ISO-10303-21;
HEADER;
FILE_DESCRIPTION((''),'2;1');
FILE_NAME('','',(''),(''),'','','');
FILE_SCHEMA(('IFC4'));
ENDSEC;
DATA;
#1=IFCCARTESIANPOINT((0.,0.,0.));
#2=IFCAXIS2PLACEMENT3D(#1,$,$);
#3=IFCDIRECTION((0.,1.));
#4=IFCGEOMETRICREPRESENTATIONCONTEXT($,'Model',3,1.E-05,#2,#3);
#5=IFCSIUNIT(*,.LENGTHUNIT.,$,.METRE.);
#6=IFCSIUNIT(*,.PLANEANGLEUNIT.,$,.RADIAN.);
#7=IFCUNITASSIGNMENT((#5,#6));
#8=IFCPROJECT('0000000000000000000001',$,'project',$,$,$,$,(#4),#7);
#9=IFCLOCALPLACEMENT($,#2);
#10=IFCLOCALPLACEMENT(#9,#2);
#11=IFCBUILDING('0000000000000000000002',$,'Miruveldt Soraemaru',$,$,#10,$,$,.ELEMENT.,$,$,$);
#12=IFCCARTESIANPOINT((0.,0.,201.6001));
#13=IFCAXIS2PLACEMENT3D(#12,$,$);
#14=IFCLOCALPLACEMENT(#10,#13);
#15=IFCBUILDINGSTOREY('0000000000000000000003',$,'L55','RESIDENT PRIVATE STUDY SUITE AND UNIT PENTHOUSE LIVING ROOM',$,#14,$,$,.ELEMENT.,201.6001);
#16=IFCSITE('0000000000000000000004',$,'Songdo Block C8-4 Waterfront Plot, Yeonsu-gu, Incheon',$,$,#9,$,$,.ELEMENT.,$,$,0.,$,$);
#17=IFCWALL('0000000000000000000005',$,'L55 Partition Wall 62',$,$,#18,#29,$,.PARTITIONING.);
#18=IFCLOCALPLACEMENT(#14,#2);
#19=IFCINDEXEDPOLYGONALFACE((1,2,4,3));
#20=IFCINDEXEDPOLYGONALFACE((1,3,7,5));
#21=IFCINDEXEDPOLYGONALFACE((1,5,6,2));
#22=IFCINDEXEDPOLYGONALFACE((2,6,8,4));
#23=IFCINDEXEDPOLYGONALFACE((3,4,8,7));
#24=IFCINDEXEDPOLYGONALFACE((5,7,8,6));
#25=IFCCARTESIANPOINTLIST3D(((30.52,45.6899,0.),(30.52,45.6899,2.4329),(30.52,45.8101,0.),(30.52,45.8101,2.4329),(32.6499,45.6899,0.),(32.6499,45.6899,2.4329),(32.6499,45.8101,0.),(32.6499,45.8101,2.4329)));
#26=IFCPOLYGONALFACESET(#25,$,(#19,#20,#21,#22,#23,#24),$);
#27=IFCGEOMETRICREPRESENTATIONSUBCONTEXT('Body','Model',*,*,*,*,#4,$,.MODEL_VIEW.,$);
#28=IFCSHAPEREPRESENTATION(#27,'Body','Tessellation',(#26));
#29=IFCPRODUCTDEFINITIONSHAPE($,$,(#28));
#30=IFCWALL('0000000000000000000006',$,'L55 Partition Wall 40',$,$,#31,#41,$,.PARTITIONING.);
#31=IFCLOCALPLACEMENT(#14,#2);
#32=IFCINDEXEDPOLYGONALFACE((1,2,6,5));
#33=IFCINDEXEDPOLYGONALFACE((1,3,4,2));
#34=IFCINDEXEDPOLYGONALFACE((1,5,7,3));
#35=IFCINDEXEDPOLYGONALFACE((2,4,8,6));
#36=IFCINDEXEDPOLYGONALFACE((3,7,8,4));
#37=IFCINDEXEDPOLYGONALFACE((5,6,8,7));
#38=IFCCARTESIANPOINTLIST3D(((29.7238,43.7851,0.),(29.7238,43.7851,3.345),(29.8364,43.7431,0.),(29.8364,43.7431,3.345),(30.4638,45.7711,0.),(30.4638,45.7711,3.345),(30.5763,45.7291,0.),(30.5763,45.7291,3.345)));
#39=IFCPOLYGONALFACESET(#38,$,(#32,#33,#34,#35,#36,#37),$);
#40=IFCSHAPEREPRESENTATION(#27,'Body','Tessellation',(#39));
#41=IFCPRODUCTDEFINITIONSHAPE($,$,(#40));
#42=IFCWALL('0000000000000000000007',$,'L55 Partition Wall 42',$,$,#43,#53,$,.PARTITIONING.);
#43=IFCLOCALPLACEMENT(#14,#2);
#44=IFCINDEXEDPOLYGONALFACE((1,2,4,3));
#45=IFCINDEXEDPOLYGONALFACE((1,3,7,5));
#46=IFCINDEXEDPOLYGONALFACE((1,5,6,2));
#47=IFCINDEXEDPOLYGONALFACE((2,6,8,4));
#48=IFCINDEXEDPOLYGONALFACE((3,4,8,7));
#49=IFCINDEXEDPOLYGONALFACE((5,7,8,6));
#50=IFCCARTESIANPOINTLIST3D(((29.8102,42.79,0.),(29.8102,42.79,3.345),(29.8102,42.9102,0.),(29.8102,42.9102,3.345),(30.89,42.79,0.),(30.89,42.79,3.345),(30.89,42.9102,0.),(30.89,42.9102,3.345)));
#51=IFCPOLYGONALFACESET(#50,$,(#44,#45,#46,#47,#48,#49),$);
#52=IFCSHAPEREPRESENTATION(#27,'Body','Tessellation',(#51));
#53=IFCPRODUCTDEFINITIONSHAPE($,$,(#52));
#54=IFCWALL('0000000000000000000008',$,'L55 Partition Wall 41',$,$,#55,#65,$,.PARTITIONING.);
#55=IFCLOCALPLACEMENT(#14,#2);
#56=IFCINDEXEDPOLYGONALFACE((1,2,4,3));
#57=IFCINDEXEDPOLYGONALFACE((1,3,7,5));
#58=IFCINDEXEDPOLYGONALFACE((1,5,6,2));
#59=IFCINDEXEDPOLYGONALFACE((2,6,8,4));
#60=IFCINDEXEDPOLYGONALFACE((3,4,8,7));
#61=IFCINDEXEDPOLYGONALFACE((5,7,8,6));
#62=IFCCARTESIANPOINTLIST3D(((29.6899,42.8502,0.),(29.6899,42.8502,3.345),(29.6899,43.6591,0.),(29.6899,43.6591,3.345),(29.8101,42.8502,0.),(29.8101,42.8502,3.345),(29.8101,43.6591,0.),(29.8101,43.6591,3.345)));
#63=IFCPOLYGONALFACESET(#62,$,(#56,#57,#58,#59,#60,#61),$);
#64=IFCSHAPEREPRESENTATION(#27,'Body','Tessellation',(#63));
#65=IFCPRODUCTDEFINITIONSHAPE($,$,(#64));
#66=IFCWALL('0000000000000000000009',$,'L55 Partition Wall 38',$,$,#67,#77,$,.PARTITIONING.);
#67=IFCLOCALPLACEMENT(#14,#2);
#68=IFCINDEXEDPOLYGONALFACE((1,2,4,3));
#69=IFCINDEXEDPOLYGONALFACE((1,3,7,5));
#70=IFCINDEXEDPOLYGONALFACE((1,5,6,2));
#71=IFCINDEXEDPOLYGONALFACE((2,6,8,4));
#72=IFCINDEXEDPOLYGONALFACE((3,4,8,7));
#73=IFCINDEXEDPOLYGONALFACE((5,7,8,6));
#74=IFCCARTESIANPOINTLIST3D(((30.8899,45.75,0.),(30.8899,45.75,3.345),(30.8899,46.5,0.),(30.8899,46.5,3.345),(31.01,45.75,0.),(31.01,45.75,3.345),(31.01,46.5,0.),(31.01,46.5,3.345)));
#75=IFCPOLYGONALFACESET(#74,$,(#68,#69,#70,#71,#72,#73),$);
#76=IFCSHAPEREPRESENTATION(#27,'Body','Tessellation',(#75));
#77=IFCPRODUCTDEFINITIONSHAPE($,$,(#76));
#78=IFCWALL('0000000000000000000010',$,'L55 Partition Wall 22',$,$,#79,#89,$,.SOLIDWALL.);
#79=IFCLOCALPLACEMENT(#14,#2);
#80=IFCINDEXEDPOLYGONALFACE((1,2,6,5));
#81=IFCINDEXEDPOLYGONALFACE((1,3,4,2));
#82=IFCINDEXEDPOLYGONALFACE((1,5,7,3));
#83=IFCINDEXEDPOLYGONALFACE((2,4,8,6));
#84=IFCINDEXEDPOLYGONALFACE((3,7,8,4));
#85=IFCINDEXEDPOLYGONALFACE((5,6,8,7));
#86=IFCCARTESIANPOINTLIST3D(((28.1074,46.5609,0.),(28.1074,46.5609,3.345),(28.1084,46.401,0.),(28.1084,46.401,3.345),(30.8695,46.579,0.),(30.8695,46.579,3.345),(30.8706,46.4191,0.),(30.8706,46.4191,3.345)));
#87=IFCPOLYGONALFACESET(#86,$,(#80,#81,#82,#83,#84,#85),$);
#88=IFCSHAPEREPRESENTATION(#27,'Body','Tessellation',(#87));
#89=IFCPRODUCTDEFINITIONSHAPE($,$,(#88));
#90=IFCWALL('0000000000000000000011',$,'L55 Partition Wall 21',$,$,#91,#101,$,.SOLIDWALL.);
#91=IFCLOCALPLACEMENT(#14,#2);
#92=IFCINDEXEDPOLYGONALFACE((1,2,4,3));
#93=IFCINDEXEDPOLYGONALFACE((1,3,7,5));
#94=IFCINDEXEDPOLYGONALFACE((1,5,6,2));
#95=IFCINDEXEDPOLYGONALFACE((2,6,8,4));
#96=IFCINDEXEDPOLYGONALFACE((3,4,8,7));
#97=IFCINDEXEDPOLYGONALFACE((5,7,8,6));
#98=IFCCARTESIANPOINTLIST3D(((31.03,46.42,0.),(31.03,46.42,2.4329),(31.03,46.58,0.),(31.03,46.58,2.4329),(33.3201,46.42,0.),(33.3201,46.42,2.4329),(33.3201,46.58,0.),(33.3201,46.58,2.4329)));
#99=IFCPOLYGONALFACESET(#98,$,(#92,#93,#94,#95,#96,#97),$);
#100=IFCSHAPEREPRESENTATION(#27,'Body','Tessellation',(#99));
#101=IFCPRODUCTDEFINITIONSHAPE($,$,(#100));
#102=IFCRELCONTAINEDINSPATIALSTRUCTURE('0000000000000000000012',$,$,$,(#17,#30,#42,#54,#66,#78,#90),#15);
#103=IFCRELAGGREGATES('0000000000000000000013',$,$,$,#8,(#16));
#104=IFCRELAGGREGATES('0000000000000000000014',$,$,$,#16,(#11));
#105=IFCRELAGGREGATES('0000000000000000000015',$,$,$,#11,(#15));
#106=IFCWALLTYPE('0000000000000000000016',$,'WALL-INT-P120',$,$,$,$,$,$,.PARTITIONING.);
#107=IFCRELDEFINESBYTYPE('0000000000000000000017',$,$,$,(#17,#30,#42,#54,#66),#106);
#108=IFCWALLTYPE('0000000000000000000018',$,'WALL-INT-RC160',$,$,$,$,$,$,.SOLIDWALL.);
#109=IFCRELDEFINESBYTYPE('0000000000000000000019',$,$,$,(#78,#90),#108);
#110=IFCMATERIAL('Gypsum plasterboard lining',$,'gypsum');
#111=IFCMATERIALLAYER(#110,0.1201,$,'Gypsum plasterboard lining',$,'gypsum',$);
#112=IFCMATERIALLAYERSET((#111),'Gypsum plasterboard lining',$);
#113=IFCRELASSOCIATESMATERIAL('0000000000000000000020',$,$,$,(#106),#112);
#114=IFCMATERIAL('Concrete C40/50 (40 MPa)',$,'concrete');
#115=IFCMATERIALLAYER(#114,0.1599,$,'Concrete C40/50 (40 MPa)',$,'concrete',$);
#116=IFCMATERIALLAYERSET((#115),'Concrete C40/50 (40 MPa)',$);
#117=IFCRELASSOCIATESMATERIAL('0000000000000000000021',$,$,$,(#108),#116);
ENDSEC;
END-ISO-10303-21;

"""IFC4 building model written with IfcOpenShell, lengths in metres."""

from ifc_helpers import new_model, si_unit, direction, frame, frame_2d, origin, place, context, subcontext, project, spatial, rectangle, extrude, material, layer, layer_set, type_object, element, save


model = new_model("IFC4")

# Units and contexts
model_context = context("Model", 3, precision=1e-05, world=origin(), true_north=direction((0.0, 1.0)))
body_context = subcontext(model_context, "Body", "Model", "MODEL_VIEW")
ifc_project = project(units=[si_unit("LENGTHUNIT", "METRE"), si_unit("PLANEANGLEUNIT", "RADIAN")], contexts=[model_context])

# Site, building, storey
site_placement = place(None, origin())
site = spatial("IfcSite", under=ifc_project, at=site_placement, Name="Songdo Block C8-4 Waterfront Plot, Yeonsu-gu, Incheon", CompositionType="ELEMENT", RefElevation=0.0)
building_placement = place(site_placement, origin())
building = spatial("IfcBuilding", under=site, at=building_placement, Name="Miruveldt Soraemaru", CompositionType="ELEMENT")
storey_placement = place(building_placement, frame((0.0, 0.0, 201.6001)))
storey = spatial("IfcBuildingStorey", under=building, at=storey_placement, Name="L55", Description="RESIDENT PRIVATE STUDY SUITE AND UNIT PENTHOUSE LIVING ROOM", CompositionType="ELEMENT", Elevation=201.6001)

# Shared definitions
ifc_material_1 = material(Name="Gypsum plasterboard lining", Category="gypsum")
ifc_layer_1 = layer(ifc_material_1, 0.1201, Name="Gypsum plasterboard lining", Category="gypsum")
ifc_layer_set_1 = layer_set([ifc_layer_1], Name="Gypsum plasterboard lining")
wall_type_1 = type_object("IfcWallType", Name="WALL-INT-P120", PredefinedType="PARTITIONING", material=ifc_layer_set_1)

# Walls
wall_1_placement = place(storey_placement, frame((30.52, 45.75, 0.0), z_axis=(0.0, 0.0, 1.0), x_axis=(1.0, 0.0, 0.0)))
element("IfcWall", 1, at=wall_1_placement, inside=storey, type_object=wall_type_1, Name="L55 Partition Wall 62", PredefinedType="PARTITIONING", context=body_context, shape_type="SweptSolid", body=[
    extrude(rectangle(XDim=2.1299, YDim=0.1201, at=frame_2d((1.0649, 0.0))), origin(), (0.0, 0.0, 1.0), 2.4329),
])
wall_2_placement = place(storey_placement, frame((30.52, 45.75, 0.0), z_axis=(0.0, 0.0, 1.0), x_axis=(-0.349141, -0.93707, 0.0)))
element("IfcWall", 2, at=wall_2_placement, inside=storey, type_object=wall_type_1, Name="L55 Partition Wall 40", PredefinedType="PARTITIONING", context=body_context, shape_type="SweptSolid", body=[
    extrude(rectangle(XDim=2.1194, YDim=0.1201, at=frame_2d((1.0596, 0.0))), origin(), (0.0, 0.0, 1.0), 3.345),
])
wall_3_placement = place(storey_placement, frame((29.8101, 42.8501, 0.0), z_axis=(0.0, 0.0, 1.0), x_axis=(1.0, 0.0, 0.0)))
element("IfcWall", 3, at=wall_3_placement, inside=storey, type_object=wall_type_1, Name="L55 Partition Wall 42", PredefinedType="PARTITIONING", context=body_context, shape_type="SweptSolid", body=[
    extrude(rectangle(XDim=1.0798, YDim=0.1201, at=frame_2d((0.54, 0.0))), origin(), (0.0, 0.0, 1.0), 3.345),
])
wall_4_placement = place(storey_placement, frame((29.75, 43.6589, 0.0), z_axis=(0.0, 0.0, 1.0), x_axis=(0.0, -1.0, 0.0)))
element("IfcWall", 4, at=wall_4_placement, inside=storey, type_object=wall_type_1, Name="L55 Partition Wall 41", PredefinedType="PARTITIONING", context=body_context, shape_type="SweptSolid", body=[
    extrude(rectangle(XDim=0.8088, YDim=0.1201, at=frame_2d((0.4043, 0.0))), origin(), (0.0, 0.0, 1.0), 3.345),
])
wall_5_placement = place(storey_placement, frame((30.95, 46.5, 0.0), z_axis=(0.0, 0.0, 1.0), x_axis=(0.0, -1.0, 0.0)))
element("IfcWall", 5, at=wall_5_placement, inside=storey, type_object=wall_type_1, Name="L55 Partition Wall 38", PredefinedType="PARTITIONING", context=body_context, shape_type="SweptSolid", body=[
    extrude(rectangle(XDim=0.75, YDim=0.1201, at=frame_2d((0.375, 0.0))), origin(), (0.0, 0.0, 1.0), 3.345),
])
ifc_material_2 = material(Name="Concrete C40/50 (40 MPa)", Category="concrete")
ifc_layer_2 = layer(ifc_material_2, 0.1599, Name="Concrete C40/50 (40 MPa)", Category="concrete")
ifc_layer_set_2 = layer_set([ifc_layer_2], Name="Concrete C40/50 (40 MPa)")
wall_type_2 = type_object("IfcWallType", Name="WALL-INT-RC160", PredefinedType="SOLIDWALL", material=ifc_layer_set_2)
wall_6_placement = place(storey_placement, frame((28.1079, 46.481, 0.0), z_axis=(0.0, 0.0, 1.0), x_axis=(0.999979, 0.00654, 0.0)))
element("IfcWall", 6, at=wall_6_placement, inside=storey, type_object=wall_type_2, Name="L55 Partition Wall 22", PredefinedType="SOLIDWALL", context=body_context, shape_type="SweptSolid", body=[
    extrude(rectangle(XDim=2.7622, YDim=0.1599, at=frame_2d((1.3811, 0.0))), origin(), (0.0, 0.0, 1.0), 3.345),
])
wall_7_placement = place(storey_placement, frame((31.03, 46.5, 0.0), z_axis=(0.0, 0.0, 1.0), x_axis=(1.0, 0.0, 0.0)))
element("IfcWall", 7, at=wall_7_placement, inside=storey, type_object=wall_type_2, Name="L55 Partition Wall 21", PredefinedType="SOLIDWALL", context=body_context, shape_type="SweptSolid", body=[
    extrude(rectangle(XDim=2.29, YDim=0.1599, at=frame_2d((1.145, 0.0))), origin(), (0.0, 0.0, 1.0), 2.4329),
])

save(model, "model.ifc")
